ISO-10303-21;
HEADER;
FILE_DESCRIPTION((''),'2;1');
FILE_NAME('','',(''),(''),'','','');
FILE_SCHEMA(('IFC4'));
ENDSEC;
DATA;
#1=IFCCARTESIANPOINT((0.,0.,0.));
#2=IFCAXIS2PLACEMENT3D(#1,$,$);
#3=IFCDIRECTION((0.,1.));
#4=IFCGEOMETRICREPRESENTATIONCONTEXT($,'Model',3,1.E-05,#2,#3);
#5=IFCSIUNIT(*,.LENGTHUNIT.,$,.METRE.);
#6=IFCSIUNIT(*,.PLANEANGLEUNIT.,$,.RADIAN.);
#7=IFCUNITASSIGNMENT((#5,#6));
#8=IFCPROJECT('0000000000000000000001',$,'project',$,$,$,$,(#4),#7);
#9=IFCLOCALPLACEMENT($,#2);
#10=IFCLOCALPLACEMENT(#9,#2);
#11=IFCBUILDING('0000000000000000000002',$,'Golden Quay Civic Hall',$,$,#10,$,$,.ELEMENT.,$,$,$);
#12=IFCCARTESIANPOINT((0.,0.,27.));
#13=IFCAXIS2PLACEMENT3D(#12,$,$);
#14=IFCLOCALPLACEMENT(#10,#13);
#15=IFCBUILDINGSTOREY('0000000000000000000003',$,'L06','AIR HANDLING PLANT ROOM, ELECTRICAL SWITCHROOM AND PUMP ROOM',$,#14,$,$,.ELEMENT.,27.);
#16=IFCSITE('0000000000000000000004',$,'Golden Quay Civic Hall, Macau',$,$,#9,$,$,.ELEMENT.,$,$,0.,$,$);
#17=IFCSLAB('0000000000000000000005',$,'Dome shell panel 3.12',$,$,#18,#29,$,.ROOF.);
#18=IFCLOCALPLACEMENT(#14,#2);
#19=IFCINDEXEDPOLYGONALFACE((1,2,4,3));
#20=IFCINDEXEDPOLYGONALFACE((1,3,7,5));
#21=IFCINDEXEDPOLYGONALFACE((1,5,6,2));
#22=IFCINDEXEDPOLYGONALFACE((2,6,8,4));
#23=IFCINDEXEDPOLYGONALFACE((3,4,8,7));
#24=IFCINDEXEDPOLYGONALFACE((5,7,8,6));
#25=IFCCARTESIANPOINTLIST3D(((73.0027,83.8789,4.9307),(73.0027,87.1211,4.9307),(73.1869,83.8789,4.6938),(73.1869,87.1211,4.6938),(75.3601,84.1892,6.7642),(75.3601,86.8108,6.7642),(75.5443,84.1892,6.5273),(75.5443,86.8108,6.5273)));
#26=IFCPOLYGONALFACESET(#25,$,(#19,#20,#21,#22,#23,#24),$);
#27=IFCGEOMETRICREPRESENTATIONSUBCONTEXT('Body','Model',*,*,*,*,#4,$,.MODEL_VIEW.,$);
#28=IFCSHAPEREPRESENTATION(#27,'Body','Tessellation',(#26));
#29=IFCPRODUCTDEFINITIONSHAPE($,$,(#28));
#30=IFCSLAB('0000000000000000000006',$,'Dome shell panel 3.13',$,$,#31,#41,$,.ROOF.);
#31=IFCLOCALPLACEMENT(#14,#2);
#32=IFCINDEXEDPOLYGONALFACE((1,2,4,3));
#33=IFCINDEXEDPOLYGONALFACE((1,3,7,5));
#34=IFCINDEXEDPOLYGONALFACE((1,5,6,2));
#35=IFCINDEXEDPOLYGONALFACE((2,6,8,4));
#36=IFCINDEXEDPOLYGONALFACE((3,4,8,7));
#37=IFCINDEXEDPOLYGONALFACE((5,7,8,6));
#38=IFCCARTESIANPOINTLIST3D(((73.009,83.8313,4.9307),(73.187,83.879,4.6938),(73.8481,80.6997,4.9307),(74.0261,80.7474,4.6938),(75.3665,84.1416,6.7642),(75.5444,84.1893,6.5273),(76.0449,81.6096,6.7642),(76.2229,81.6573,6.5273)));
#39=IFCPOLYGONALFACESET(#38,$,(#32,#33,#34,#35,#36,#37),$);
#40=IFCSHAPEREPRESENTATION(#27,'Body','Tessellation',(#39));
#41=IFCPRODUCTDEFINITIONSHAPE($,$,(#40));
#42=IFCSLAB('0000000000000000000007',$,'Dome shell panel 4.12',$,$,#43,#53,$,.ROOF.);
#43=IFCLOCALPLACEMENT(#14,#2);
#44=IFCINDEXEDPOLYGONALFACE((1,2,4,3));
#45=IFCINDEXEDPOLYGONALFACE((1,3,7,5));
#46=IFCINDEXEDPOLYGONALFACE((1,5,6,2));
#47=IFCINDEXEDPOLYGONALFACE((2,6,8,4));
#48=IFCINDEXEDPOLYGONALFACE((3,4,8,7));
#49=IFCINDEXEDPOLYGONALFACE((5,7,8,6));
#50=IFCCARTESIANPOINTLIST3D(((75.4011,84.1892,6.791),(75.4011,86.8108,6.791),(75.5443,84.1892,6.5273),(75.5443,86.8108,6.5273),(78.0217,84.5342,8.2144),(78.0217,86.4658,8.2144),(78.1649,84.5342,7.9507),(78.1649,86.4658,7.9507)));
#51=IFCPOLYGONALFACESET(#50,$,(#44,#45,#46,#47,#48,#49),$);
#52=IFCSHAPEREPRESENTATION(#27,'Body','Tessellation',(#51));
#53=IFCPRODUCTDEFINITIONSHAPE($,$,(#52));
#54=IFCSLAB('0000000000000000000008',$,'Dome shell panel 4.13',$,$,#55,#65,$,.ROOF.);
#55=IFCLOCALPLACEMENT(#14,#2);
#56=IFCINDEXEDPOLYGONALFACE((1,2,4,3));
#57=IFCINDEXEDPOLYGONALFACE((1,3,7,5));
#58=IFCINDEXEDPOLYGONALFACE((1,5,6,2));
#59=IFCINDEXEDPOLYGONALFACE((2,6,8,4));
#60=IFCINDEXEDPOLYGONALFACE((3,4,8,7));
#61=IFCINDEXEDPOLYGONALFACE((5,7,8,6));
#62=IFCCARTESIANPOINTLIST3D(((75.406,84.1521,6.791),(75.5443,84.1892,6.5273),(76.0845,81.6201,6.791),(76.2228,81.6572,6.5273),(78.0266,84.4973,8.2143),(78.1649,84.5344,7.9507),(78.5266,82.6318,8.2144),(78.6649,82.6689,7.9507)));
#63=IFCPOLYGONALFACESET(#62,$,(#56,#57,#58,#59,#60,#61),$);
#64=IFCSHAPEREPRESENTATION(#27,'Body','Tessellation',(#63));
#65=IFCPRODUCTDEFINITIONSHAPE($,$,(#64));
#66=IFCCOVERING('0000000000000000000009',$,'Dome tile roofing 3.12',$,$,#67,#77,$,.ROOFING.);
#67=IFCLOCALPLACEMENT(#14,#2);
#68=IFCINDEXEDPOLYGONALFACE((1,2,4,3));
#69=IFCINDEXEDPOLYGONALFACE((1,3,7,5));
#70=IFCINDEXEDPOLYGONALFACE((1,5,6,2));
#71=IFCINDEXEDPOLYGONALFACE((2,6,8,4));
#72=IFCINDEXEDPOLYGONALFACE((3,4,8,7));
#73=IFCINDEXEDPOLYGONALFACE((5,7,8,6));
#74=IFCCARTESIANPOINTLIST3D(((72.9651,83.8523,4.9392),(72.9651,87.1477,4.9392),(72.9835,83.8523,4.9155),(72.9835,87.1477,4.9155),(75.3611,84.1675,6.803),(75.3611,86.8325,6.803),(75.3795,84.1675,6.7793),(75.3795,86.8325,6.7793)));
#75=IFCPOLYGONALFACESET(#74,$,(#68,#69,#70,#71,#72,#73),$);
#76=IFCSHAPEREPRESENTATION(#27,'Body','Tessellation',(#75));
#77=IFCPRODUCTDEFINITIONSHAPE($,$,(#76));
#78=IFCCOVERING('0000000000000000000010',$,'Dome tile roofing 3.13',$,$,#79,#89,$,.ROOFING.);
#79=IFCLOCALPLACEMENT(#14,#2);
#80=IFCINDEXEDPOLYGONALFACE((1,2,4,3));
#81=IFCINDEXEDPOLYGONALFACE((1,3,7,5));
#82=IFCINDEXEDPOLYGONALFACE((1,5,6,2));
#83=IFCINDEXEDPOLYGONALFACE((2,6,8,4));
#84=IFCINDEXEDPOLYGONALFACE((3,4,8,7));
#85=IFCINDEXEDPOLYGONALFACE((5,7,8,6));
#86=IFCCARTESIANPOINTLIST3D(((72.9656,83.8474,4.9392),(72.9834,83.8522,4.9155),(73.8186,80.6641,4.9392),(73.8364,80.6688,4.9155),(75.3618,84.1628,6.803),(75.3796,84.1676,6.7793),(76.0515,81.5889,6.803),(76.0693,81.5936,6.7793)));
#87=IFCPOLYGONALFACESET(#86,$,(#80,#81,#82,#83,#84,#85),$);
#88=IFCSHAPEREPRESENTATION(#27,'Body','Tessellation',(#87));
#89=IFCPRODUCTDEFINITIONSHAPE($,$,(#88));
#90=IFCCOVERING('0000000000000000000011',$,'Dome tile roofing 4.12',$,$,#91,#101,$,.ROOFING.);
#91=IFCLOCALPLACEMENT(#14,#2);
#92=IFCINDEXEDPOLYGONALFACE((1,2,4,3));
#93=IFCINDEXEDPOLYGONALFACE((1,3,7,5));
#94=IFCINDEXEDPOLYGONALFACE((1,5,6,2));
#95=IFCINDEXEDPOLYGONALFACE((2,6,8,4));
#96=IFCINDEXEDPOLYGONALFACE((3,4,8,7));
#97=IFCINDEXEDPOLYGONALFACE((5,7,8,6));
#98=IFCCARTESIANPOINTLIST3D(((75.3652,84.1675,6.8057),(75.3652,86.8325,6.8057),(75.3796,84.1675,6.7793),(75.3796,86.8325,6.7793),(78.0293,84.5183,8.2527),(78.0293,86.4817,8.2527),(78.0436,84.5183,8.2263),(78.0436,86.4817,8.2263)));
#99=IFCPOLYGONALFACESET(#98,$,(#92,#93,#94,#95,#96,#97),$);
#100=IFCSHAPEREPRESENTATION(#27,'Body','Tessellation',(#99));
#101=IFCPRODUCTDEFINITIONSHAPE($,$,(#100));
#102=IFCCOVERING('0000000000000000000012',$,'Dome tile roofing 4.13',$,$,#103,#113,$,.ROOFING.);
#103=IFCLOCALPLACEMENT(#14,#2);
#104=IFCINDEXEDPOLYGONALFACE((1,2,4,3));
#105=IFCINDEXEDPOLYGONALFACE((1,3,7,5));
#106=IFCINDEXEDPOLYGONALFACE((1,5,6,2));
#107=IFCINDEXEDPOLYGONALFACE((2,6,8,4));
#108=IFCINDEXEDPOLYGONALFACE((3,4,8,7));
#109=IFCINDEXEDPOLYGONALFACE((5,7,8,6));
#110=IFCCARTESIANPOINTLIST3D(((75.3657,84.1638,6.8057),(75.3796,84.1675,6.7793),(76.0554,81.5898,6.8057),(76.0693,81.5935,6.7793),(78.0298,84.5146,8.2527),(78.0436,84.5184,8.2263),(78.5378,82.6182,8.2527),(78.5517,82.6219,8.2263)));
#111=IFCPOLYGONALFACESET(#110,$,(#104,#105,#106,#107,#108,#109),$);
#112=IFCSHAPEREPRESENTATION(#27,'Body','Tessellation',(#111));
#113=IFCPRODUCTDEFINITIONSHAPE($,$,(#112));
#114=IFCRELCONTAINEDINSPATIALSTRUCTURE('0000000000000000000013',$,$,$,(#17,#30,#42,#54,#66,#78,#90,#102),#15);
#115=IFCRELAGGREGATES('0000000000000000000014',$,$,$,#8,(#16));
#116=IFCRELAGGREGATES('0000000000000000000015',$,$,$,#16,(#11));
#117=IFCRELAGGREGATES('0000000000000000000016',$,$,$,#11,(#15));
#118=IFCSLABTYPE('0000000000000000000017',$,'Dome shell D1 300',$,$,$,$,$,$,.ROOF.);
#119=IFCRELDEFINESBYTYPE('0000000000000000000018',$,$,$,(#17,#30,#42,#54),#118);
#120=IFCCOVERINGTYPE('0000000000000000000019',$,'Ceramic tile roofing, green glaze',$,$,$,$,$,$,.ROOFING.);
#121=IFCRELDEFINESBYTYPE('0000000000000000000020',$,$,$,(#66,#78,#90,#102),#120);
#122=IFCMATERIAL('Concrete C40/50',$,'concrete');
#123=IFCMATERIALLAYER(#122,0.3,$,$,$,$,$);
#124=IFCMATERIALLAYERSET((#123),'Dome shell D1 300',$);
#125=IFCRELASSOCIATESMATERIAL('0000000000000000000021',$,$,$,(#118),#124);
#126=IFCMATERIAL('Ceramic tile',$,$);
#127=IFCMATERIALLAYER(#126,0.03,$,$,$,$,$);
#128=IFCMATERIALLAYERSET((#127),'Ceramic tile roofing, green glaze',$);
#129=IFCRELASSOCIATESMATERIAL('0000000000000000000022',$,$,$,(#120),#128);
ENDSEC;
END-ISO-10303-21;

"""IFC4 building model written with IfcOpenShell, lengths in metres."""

from ifc_helpers import new_model, si_unit, direction, frame, origin, place, context, subcontext, project, spatial, polyline, outline, extrude, material, layer, layer_set, type_object, element, save


model = new_model("IFC4")

# Units and contexts
model_context = context("Model", 3, precision=1e-05, world=origin(), true_north=direction((0.0, 1.0)))
body_context = subcontext(model_context, "Body", "Model", "MODEL_VIEW")
ifc_project = project(units=[si_unit("LENGTHUNIT", "METRE"), si_unit("PLANEANGLEUNIT", "RADIAN")], contexts=[model_context])

# Site, building, storey
site_placement = place(None, origin())
site = spatial("IfcSite", under=ifc_project, at=site_placement, Name="Golden Quay Civic Hall, Macau", CompositionType="ELEMENT", RefElevation=0.0)
building_placement = place(site_placement, origin())
building = spatial("IfcBuilding", under=site, at=building_placement, Name="Golden Quay Civic Hall", CompositionType="ELEMENT")
storey_placement = place(building_placement, frame((0.0, 0.0, 27.0)))
storey = spatial("IfcBuildingStorey", under=building, at=storey_placement, Name="L06", Description="AIR HANDLING PLANT ROOM, ELECTRICAL SWITCHROOM AND PUMP ROOM", CompositionType="ELEMENT", Elevation=27.0)

# Slabs
ifc_material_1 = material(Name="Concrete C40/50", Category="concrete")
ifc_layer_1 = layer(ifc_material_1, 0.3)
ifc_layer_set_1 = layer_set([ifc_layer_1], Name="Dome shell D1 300")
slab_type = type_object("IfcSlabType", Name="Dome shell D1 300", PredefinedType="ROOF", material=ifc_layer_set_1)
slab_1_placement = place(storey_placement, frame((73.0027, 87.1211, 4.9307), z_axis=(-0.613929, 0.0, 0.789361), x_axis=(0.0, -1.0, 0.0)))
element("IfcSlab", 1, at=slab_1_placement, inside=storey, type_object=slab_type, Name="Dome shell panel 3.12", PredefinedType="ROOF", context=body_context, shape_type="SweptSolid", body=[
    extrude(outline(polyline([(0.0, 0.0), (3.2422, 0.0), (2.9319, 2.9865), (0.3103, 2.9865), (0.0, 0.0)])), origin(), (0.0, 0.0, -1.0), 0.3),
])
slab_2_placement = place(storey_placement, frame((73.009, 83.8313, 4.9307), z_axis=(-0.59301, -0.1589, 0.78936), x_axis=(0.258821, -0.965925, -0.000002)))
element("IfcSlab", 2, at=slab_2_placement, inside=storey, type_object=slab_type, Name="Dome shell panel 3.13", PredefinedType="ROOF", context=body_context, shape_type="SweptSolid", body=[
    extrude(outline(polyline([(0.0, 0.0), (3.2421, 0.0), (2.9317, 2.9865), (0.3104, 2.9865), (0.0, 0.0)])), origin(), (0.0, 0.0, -1.0), 0.3),
])
slab_3_placement = place(storey_placement, frame((75.4011, 86.8108, 6.791), z_axis=(-0.47728, 0.0, 0.878751), x_axis=(0.0, -1.0, 0.0)))
element("IfcSlab", 3, at=slab_3_placement, inside=storey, type_object=slab_type, Name="Dome shell panel 4.12", PredefinedType="ROOF", context=body_context, shape_type="SweptSolid", body=[
    extrude(outline(polyline([(0.0, 0.0), (2.6216, 0.0), (2.2766, 2.9822), (0.345, 2.9822), (0.0, 0.0)])), origin(), (0.0, 0.0, -1.0), 0.3),
])
slab_4_placement = place(storey_placement, frame((75.406, 84.1521, 6.791), z_axis=(-0.460997, -0.123542, 0.87876), x_axis=(0.258834, -0.965922, -0.000011)))
element("IfcSlab", 4, at=slab_4_placement, inside=storey, type_object=slab_type, Name="Dome shell panel 4.13", PredefinedType="ROOF", context=body_context, shape_type="SweptSolid", body=[
    extrude(outline(polyline([(0.0, 0.0), (2.6213, 0.0), (2.2762, 2.9823), (0.3448, 2.9822), (0.0, 0.0)])), origin(), (0.0, 0.0, -1.0), 0.3),
])

# Coverings
ifc_material_2 = material(Name="Ceramic tile")
ifc_layer_2 = layer(ifc_material_2, 0.03)
ifc_layer_set_2 = layer_set([ifc_layer_2], Name="Ceramic tile roofing, green glaze")
covering_type = type_object("IfcCoveringType", Name="Ceramic tile roofing, green glaze", PredefinedType="ROOFING", material=ifc_layer_set_2)
covering_1_placement = place(storey_placement, frame((72.9651, 87.1477, 4.9392), z_axis=(-0.613985, 0.0, 0.789318), x_axis=(0.0, -1.0, 0.0)))
element("IfcCovering", 5, at=covering_1_placement, inside=storey, type_object=covering_type, Name="Dome tile roofing 3.12", PredefinedType="ROOFING", context=body_context, shape_type="SweptSolid", body=[
    extrude(outline(polyline([(0.0, 0.0), (3.2954, 0.0), (2.9802, 3.0355), (0.3152, 3.0355), (0.0, 0.0)])), origin(), (0.0, 0.0, -1.0), 0.03),
])
covering_2_placement = place(storey_placement, frame((72.9656, 83.8474, 4.9392), z_axis=(-0.59303, -0.158908, 0.789344), x_axis=(0.258831, -0.965923, 0.000003)))
element("IfcCovering", 6, at=covering_2_placement, inside=storey, type_object=covering_type, Name="Dome tile roofing 3.13", PredefinedType="ROOFING", context=body_context, shape_type="SweptSolid", body=[
    extrude(outline(polyline([(0.0, 0.0), (3.2957, 0.0), (2.9803, 3.0357), (0.3155, 3.0357), (0.0, 0.0)])), origin(), (0.0, 0.0, -1.0), 0.03),
])
covering_3_placement = place(storey_placement, frame((75.3652, 86.8325, 6.8057), z_axis=(-0.4773, 0.0, 0.878741), x_axis=(0.0, -1.0, 0.0)))
element("IfcCovering", 7, at=covering_3_placement, inside=storey, type_object=covering_type, Name="Dome tile roofing 4.12", PredefinedType="ROOFING", context=body_context, shape_type="SweptSolid", body=[
    extrude(outline(polyline([(0.0, 0.0), (2.665, 0.0), (2.3142, 3.0317), (0.3508, 3.0317), (0.0, 0.0)])), origin(), (0.0, 0.0, -1.0), 0.03),
])
covering_4_placement = place(storey_placement, frame((75.3657, 84.1638, 6.8057), z_axis=(-0.461042, -0.123525, 0.878739), x_axis=(0.258815, -0.965927, 0.000009)))
element("IfcCovering", 8, at=covering_4_placement, inside=storey, type_object=covering_type, Name="Dome tile roofing 4.13", PredefinedType="ROOFING", context=body_context, shape_type="SweptSolid", body=[
    extrude(outline(polyline([(0.0, 0.0), (2.6648, 0.0), (2.314, 3.0316), (0.3506, 3.0317), (0.0, 0.0)])), origin(), (0.0, 0.0, -1.0), 0.03),
])

save(model, "model.ifc")
